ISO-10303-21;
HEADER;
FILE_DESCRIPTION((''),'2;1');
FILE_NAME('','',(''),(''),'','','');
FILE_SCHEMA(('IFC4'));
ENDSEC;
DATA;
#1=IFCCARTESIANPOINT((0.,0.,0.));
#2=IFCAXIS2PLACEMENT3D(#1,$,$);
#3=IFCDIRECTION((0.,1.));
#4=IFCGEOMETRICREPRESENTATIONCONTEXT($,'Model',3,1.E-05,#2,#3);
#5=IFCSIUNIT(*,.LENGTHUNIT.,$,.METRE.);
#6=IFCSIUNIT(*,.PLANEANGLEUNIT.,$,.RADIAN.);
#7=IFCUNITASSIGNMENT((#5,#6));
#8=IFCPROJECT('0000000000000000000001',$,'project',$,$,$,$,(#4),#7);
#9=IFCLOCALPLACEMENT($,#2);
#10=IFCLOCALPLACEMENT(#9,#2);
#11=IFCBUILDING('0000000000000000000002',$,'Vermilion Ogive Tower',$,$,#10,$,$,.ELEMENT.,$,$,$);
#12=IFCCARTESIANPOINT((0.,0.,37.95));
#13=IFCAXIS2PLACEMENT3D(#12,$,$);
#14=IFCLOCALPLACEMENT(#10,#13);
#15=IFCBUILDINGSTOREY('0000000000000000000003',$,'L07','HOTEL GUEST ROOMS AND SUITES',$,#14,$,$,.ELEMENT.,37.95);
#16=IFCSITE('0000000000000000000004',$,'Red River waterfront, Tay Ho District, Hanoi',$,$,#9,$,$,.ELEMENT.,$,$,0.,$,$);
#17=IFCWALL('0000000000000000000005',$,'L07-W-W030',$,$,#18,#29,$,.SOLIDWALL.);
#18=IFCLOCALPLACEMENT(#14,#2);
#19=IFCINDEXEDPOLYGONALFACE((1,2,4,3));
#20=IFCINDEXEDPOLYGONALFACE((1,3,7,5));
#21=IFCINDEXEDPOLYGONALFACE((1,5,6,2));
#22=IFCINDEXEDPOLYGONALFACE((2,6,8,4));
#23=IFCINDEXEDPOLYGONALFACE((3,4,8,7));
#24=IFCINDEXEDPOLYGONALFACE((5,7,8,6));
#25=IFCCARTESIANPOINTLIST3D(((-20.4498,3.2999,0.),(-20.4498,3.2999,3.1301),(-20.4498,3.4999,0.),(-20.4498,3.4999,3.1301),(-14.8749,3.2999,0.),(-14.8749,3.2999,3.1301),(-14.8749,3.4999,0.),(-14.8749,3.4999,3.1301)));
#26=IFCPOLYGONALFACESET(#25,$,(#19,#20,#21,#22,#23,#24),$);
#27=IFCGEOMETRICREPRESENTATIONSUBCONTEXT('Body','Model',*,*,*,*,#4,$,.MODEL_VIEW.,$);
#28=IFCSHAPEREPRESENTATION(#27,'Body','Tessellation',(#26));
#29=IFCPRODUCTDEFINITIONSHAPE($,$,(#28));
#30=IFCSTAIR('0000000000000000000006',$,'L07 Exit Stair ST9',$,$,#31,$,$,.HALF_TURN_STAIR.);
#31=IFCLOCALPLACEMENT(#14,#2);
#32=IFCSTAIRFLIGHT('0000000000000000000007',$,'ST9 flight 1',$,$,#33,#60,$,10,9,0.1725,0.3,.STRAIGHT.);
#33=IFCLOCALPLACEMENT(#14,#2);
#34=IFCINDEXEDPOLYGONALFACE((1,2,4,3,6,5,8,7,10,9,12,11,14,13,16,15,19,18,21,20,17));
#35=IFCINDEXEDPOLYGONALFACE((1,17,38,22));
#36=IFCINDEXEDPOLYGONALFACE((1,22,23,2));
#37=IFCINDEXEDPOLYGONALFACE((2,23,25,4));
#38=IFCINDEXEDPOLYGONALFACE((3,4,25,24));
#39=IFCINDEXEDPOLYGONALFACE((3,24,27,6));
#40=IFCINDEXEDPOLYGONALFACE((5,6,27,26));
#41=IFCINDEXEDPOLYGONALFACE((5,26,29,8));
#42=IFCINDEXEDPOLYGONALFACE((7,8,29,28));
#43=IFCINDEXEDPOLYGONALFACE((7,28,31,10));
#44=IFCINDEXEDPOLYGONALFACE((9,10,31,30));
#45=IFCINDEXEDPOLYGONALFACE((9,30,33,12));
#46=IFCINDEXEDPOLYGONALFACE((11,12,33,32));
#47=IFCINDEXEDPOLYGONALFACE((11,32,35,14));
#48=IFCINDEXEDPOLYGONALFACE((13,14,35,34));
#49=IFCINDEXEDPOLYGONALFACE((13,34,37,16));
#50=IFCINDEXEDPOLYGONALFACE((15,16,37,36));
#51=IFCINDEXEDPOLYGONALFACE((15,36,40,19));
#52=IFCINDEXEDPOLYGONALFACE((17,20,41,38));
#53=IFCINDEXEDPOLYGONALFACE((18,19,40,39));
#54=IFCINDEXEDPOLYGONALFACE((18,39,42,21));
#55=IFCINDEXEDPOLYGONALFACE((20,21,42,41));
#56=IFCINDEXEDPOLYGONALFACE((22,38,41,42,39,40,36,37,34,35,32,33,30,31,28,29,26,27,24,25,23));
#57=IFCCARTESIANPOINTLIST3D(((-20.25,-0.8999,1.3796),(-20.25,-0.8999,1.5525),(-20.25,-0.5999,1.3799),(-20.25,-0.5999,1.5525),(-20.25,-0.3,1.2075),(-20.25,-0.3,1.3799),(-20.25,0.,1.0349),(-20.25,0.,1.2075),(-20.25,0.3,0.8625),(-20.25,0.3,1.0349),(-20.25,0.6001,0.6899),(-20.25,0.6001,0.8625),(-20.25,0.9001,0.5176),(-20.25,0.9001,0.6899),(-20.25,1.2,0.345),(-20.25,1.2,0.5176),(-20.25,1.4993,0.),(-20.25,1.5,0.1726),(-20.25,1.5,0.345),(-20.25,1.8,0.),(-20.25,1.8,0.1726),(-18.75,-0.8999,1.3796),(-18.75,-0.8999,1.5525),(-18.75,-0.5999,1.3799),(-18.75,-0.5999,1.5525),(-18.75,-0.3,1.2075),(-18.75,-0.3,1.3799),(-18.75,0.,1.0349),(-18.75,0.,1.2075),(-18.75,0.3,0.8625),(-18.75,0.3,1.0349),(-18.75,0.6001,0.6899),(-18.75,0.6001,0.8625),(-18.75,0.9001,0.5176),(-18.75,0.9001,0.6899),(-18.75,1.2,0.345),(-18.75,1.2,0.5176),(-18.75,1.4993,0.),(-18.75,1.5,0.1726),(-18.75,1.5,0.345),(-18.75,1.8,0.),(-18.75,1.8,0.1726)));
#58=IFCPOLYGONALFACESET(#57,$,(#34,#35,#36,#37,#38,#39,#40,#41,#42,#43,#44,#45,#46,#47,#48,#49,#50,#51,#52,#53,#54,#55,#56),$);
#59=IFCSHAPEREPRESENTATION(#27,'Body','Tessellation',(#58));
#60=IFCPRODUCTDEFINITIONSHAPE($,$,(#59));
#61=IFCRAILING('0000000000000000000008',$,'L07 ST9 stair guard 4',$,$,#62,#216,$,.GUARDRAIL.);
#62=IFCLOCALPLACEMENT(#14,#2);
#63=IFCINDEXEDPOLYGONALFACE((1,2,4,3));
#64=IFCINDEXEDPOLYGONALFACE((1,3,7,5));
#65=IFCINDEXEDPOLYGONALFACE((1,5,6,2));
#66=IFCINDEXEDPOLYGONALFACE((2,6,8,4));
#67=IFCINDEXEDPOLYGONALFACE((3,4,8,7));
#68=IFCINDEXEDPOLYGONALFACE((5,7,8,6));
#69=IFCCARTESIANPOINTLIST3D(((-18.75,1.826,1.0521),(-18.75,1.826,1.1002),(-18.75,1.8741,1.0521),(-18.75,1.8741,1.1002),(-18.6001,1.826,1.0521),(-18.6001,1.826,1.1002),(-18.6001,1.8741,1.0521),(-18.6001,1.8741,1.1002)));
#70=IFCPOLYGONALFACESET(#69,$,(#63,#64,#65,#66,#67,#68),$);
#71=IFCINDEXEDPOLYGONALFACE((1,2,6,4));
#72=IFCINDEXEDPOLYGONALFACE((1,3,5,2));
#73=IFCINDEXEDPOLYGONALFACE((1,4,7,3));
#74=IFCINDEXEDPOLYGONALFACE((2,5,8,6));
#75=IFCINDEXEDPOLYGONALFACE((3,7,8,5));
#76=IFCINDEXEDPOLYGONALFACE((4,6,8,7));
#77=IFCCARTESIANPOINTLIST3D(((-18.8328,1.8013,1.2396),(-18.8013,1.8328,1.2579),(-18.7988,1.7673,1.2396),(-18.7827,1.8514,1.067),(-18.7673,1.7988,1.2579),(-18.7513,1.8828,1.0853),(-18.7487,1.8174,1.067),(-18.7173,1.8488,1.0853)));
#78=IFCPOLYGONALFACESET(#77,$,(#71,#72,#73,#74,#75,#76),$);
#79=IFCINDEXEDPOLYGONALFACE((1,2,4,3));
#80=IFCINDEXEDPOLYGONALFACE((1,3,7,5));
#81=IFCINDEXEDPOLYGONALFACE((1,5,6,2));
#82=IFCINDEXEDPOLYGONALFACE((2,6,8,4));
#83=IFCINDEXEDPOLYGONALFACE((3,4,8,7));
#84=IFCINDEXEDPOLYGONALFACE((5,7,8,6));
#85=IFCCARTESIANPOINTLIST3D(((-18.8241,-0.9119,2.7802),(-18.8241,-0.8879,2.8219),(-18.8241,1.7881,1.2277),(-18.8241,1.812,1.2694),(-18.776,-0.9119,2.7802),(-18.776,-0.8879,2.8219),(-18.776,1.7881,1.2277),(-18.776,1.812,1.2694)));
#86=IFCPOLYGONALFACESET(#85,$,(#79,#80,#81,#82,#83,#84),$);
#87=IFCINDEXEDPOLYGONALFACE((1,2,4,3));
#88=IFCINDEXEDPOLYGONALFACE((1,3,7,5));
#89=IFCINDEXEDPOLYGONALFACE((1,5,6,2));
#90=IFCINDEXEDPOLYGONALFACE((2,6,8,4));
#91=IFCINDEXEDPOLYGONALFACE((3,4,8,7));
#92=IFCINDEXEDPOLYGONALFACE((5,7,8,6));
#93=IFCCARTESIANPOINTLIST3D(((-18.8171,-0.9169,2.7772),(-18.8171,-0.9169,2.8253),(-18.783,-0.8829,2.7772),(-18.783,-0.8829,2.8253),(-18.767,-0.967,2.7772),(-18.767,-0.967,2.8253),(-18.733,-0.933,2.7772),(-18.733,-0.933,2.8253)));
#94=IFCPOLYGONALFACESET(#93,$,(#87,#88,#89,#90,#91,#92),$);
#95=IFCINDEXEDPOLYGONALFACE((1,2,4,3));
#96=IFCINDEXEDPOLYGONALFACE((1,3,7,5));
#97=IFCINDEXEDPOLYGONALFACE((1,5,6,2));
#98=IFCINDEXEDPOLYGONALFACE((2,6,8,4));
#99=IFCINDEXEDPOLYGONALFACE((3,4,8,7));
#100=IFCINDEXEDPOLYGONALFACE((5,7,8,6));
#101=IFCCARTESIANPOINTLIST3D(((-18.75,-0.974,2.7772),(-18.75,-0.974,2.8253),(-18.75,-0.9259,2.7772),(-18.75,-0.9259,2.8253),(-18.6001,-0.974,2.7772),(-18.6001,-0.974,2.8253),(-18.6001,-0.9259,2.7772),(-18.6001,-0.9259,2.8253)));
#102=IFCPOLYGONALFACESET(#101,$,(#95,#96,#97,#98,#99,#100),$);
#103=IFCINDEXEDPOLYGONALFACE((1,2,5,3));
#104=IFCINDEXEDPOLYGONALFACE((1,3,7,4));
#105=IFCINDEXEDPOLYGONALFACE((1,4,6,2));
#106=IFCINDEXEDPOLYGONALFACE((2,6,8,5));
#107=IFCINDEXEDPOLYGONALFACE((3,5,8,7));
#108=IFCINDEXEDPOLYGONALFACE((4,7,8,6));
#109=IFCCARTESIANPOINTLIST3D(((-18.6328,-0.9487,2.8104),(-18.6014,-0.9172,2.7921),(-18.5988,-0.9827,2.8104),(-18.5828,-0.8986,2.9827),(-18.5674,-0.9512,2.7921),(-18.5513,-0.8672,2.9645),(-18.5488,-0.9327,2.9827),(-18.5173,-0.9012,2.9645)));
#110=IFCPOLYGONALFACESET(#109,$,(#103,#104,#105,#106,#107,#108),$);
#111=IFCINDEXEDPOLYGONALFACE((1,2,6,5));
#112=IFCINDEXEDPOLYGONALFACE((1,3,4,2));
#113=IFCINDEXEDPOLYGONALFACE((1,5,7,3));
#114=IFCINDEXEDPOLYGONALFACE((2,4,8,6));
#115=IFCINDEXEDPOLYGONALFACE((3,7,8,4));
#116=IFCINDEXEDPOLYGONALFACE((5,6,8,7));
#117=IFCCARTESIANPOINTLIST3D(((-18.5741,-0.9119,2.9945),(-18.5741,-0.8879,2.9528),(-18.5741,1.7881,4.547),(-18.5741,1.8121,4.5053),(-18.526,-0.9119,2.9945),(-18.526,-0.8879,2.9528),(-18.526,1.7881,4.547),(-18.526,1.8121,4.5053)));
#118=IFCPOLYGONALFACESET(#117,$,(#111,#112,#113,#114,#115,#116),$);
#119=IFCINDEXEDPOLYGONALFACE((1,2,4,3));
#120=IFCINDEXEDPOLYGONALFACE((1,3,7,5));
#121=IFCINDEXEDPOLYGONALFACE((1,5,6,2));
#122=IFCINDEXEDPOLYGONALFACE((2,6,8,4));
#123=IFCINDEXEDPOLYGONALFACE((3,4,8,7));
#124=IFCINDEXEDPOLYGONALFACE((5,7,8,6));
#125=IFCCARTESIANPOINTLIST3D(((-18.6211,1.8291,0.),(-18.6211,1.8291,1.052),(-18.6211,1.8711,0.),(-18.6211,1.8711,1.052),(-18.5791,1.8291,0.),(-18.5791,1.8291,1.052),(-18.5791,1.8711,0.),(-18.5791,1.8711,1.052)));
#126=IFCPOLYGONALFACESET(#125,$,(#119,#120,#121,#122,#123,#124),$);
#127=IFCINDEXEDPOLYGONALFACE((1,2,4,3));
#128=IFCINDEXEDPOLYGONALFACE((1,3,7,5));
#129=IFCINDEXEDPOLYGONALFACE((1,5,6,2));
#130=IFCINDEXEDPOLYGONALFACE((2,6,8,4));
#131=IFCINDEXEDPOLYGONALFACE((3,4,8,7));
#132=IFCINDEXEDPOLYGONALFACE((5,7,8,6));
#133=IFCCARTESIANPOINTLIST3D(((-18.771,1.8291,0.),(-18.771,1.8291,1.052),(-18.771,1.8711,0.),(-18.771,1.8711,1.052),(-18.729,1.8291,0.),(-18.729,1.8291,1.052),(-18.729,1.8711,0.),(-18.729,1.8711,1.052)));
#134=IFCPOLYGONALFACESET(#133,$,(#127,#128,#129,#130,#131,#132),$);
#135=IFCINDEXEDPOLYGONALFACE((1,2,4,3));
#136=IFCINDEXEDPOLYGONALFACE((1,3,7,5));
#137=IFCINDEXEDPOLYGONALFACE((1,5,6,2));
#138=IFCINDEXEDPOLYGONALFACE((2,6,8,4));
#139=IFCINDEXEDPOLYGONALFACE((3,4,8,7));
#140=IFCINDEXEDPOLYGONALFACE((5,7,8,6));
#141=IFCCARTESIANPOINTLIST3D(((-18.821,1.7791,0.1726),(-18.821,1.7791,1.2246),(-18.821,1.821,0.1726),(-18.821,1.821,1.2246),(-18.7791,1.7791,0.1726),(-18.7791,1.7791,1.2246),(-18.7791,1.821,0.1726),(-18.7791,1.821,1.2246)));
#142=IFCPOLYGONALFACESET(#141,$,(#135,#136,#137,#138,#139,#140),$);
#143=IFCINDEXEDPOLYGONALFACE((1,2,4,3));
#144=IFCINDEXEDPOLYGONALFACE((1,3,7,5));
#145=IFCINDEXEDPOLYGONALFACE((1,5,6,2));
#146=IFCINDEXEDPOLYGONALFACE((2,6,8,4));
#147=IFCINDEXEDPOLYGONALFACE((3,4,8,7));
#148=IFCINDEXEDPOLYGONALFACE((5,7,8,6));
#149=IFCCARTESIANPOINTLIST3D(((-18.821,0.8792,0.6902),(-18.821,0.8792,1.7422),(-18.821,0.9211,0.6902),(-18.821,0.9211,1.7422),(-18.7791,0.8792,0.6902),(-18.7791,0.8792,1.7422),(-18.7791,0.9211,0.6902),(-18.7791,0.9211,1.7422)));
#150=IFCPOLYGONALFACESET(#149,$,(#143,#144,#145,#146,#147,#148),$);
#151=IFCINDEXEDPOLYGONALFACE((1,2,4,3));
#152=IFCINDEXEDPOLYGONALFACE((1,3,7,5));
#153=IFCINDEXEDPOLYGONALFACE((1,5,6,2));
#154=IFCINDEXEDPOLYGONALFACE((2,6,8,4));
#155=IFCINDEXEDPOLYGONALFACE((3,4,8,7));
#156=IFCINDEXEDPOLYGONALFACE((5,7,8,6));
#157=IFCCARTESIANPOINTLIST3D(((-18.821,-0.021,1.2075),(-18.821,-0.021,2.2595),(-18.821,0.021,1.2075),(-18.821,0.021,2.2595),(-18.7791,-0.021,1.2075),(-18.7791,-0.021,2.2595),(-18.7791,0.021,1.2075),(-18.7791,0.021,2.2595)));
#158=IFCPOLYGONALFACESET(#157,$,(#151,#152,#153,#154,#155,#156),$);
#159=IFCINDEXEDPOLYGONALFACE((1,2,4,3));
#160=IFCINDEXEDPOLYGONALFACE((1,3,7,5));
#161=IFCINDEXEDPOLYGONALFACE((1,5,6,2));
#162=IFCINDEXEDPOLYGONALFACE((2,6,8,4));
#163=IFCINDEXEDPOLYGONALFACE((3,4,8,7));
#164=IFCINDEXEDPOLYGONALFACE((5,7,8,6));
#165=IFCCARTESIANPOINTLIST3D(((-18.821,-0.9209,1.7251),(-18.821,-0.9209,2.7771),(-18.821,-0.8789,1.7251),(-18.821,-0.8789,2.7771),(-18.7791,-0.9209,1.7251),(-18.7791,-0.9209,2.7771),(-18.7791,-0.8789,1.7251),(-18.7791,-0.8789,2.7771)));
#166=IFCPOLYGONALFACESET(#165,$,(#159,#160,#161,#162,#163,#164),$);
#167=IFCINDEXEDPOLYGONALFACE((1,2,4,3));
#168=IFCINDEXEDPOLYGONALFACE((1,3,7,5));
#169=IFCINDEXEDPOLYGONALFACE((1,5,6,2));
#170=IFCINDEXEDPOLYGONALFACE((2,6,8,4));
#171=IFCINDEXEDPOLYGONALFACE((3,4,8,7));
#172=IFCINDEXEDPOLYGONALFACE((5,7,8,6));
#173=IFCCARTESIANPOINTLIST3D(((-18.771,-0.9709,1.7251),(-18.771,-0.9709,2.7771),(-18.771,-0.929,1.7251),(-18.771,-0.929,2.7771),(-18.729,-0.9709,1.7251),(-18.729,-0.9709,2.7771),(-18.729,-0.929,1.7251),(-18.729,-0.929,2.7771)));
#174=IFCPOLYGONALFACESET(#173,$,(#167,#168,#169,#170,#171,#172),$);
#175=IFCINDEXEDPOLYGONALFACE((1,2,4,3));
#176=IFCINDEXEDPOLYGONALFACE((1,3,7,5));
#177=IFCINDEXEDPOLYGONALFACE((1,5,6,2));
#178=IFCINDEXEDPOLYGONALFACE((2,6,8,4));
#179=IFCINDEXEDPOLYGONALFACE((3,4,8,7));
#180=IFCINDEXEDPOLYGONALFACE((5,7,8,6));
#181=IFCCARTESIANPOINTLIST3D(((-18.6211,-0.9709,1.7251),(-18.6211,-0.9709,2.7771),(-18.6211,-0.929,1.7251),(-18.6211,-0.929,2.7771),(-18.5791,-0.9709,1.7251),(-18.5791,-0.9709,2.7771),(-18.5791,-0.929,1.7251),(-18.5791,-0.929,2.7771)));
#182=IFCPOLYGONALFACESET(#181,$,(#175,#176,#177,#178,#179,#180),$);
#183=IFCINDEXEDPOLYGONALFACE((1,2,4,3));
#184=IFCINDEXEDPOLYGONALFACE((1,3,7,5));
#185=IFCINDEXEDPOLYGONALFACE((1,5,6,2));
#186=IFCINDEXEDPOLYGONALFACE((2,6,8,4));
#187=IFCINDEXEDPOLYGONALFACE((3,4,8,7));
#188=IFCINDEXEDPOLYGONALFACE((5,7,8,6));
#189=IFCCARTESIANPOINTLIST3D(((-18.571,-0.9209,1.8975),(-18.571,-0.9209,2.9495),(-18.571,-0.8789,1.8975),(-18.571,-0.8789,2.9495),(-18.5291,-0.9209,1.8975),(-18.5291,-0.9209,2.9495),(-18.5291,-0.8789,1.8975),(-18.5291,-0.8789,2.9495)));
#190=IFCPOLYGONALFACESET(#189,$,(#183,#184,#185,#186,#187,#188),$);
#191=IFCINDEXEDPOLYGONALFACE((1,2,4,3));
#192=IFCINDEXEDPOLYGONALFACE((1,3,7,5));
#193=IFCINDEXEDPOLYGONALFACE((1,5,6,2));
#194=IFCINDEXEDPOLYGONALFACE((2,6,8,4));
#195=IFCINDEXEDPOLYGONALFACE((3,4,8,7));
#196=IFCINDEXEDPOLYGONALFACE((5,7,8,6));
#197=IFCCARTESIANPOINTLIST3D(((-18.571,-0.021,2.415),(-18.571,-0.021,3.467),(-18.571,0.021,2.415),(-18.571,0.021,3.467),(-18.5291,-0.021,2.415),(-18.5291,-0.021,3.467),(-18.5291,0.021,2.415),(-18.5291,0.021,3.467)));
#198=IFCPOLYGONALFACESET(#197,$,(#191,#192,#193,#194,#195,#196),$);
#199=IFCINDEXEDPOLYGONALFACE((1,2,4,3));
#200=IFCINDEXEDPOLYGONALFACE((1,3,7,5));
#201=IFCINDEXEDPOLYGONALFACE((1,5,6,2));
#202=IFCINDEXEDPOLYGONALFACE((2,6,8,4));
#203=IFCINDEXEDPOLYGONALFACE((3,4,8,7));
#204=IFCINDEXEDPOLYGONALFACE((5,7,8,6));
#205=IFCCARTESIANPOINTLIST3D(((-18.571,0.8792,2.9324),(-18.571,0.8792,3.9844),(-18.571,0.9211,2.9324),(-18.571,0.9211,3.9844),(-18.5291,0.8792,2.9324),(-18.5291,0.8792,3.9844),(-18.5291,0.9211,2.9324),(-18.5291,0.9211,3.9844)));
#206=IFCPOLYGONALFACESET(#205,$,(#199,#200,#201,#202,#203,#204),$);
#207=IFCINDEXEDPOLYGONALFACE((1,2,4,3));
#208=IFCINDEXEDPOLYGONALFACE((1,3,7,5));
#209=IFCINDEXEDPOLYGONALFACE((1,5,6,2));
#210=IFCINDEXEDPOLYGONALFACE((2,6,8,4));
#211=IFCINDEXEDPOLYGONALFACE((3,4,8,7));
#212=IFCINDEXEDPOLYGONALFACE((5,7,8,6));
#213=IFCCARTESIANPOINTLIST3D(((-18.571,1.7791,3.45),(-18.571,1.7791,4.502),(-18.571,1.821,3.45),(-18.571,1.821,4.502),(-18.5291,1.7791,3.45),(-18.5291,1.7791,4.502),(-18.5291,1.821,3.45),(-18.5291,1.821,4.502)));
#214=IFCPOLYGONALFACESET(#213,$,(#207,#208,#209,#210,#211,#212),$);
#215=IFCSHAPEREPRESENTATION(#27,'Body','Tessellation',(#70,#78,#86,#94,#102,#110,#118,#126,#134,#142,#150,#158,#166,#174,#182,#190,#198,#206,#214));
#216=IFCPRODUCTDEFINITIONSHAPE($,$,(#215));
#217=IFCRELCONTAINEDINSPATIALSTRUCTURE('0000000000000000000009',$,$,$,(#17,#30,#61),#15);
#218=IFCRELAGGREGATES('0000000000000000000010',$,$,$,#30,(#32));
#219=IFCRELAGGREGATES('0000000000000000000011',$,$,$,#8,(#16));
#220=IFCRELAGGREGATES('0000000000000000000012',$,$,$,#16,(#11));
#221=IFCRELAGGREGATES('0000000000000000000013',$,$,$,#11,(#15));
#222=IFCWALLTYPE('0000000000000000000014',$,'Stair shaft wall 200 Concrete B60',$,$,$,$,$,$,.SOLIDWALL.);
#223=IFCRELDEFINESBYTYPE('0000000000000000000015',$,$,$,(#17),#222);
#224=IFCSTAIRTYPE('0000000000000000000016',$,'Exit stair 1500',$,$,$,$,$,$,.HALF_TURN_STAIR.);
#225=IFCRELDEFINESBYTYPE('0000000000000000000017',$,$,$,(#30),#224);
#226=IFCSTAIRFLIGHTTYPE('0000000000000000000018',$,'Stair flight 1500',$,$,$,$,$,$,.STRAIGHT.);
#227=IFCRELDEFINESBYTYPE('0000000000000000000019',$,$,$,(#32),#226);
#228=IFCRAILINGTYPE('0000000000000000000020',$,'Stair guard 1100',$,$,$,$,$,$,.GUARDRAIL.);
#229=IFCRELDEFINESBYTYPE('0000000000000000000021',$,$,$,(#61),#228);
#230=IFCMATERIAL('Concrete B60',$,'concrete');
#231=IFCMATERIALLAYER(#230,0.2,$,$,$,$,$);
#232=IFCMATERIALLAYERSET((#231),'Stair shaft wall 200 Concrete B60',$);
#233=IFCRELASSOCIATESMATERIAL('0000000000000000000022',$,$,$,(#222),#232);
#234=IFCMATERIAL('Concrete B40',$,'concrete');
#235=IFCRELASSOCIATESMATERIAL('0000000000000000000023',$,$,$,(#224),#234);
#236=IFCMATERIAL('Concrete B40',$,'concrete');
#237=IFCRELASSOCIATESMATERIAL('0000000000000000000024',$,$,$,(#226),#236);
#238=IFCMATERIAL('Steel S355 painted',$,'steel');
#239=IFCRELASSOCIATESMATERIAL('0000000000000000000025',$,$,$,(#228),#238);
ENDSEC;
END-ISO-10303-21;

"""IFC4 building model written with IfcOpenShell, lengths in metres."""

from ifc_helpers import new_model, si_unit, direction, frame, frame_2d, origin, origin_2d, place, context, subcontext, project, spatial, polyline, rectangle, outline, extrude, material, layer, layer_set, type_object, element, aggregate, save


model = new_model("IFC4")

# Units and contexts
model_context = context("Model", 3, precision=1e-05, world=origin(), true_north=direction((0.0, 1.0)))
body_context = subcontext(model_context, "Body", "Model", "MODEL_VIEW")
ifc_project = project(units=[si_unit("LENGTHUNIT", "METRE"), si_unit("PLANEANGLEUNIT", "RADIAN")], contexts=[model_context])

# Site, building, storey
site_placement = place(None, origin())
site = spatial("IfcSite", under=ifc_project, at=site_placement, Name="Red River waterfront, Tay Ho District, Hanoi", CompositionType="ELEMENT", RefElevation=0.0)
building_placement = place(site_placement, origin())
building = spatial("IfcBuilding", under=site, at=building_placement, Name="Vermilion Ogive Tower", CompositionType="ELEMENT")
storey_placement = place(building_placement, frame((0.0, 0.0, 37.95)))
storey = spatial("IfcBuildingStorey", under=building, at=storey_placement, Name="L07", Description="HOTEL GUEST ROOMS AND SUITES", CompositionType="ELEMENT", Elevation=37.95)

# Wall
ifc_material_1 = material(Name="Concrete B60", Category="concrete")
ifc_layer_1 = layer(ifc_material_1, 0.2)
ifc_layer_set_1 = layer_set([ifc_layer_1], Name="Stair shaft wall 200 Concrete B60")
wall_type_1 = type_object("IfcWallType", Name="Stair shaft wall 200 Concrete B60", PredefinedType="SOLIDWALL", material=ifc_layer_set_1)
wall_1_placement = place(storey_placement, frame((-20.45, 3.3999, 0.0), z_axis=(0.0, 0.0, 1.0), x_axis=(1.0, 0.0, 0.0)))
element("IfcWall", 1, at=wall_1_placement, inside=storey, type_object=wall_type_1, Name="L07-W-W030", PredefinedType="SOLIDWALL", context=body_context, shape_type="SweptSolid", body=[
    extrude(rectangle(XDim=5.575, YDim=0.2, at=frame_2d((2.7876, 0.0))), origin(), (0.0, 0.0, 1.0), 3.1301),
])

# Stair, stair flight
ifc_material_2 = material(Name="Concrete B40", Category="concrete")
stair_type = type_object("IfcStairType", Name="Exit stair 1500", PredefinedType="HALF_TURN_STAIR", material=ifc_material_2)
stair_placement = place(storey_placement, origin())
stair = element("IfcStair", 2, at=stair_placement, inside=storey, type_object=stair_type, Name="L07 Exit Stair ST9", PredefinedType="HALF_TURN_STAIR")
ifc_material_3 = material(Name="Concrete B40", Category="concrete")
stair_flight_type = type_object("IfcStairFlightType", Name="Stair flight 1500", PredefinedType="STRAIGHT", material=ifc_material_3)
stair_flight_placement = place(storey_placement, frame((-19.5, 1.8, 0.0), z_axis=(0.0, 0.0, 1.0), x_axis=(0.0, -1.0, 0.0)))
stair_flight = element("IfcStairFlight", 3, at=stair_flight_placement, type_object=stair_flight_type, Name="ST9 flight 1", NumberOfRisers=10, NumberOfTreads=9, PredefinedType="STRAIGHT", RiserHeight=0.1725, TreadLength=0.3, context=body_context, shape_type="SweptSolid", body=[
    extrude(outline(polyline([(0.0, 0.0), (0.0, 0.1726), (0.3, 0.1726), (0.3, 0.345), (0.6001, 0.345), (0.6001, 0.5176), (0.8999, 0.5176), (0.8999, 0.6899), (1.2, 0.6899), (1.2, 0.8625), (1.5, 0.8625), (1.5, 1.0349), (1.8, 1.0349), (1.8, 1.2075), (2.1001, 1.2075), (2.1001, 1.3799), (2.3999, 1.3799), (2.3999, 1.5525), (2.7, 1.5525), (2.7, 1.7251), (2.7, 1.3796), (0.3008, 0.0), (0.0, 0.0)])), frame((0.0, 0.75, 0.0), z_axis=(0.0, -1.0, 0.0), x_axis=(1.0, 0.0, 0.0)), (0.0, 0.0, 1.0), 1.5),
])
aggregate(stair, [stair_flight])

# Railing
ifc_material_4 = material(Name="Steel S355 painted", Category="steel")
railing_type_1 = type_object("IfcRailingType", Name="Stair guard 1100", PredefinedType="GUARDRAIL", material=ifc_material_4)
railing_1_placement = place(storey_placement, frame((-18.6001, 1.8501, 0.0)))
element("IfcRailing", 4, at=railing_1_placement, inside=storey, type_object=railing_type_1, Name="L07 ST9 stair guard 4", PredefinedType="GUARDRAIL", context=body_context, shape_type="SweptSolid", body=[
    extrude(rectangle(XDim=0.0481, YDim=0.0481, at=origin_2d()), frame((0.0, 0.0, 1.0762), z_axis=(-1.0, 0.0, 0.0), x_axis=(0.0, -1.0, 0.0)), (0.0, 0.0, 1.0), 0.1499),
    extrude(rectangle(XDim=0.0481, YDim=0.0481, at=origin_2d()), frame((-0.1499, 0.0, 1.0762), z_axis=(-0.268278, -0.268278, 0.925232), x_axis=(0.707107, -0.707107, 0.0)), (0.0, 0.0, 1.0), 0.1865),
    extrude(rectangle(XDim=0.0481, YDim=0.0481, at=origin_2d()), frame((-0.2, -0.05, 1.2485), z_axis=(0.0, -0.866904, 0.498476), x_axis=(1.0, 0.0, 0.0)), (0.0, 0.0, 1.0), 3.1145),
    extrude(rectangle(XDim=0.0481, YDim=0.0481, at=origin_2d()), frame((-0.2, -2.75, 2.8013), z_axis=(0.707107, -0.707107, 0.0), x_axis=(0.707107, 0.707107, 0.0)), (0.0, 0.0, 1.0), 0.0708),
    extrude(rectangle(XDim=0.0481, YDim=0.0481, at=origin_2d()), frame((-0.1499, -2.8, 2.8013), z_axis=(1.0, 0.0, 0.0), x_axis=(0.0, 1.0, 0.0)), (0.0, 0.0, 1.0), 0.1499),
    extrude(rectangle(XDim=0.0481, YDim=0.0481, at=origin_2d()), frame((0.0, -2.8, 2.8013), z_axis=(0.268603, 0.268603, 0.925043), x_axis=(-0.707107, 0.707107, 0.0)), (0.0, 0.0, 1.0), 0.1863),
    extrude(rectangle(XDim=0.0481, YDim=0.0481, at=origin_2d()), frame((0.05, -2.75, 2.9736), z_axis=(0.0, 0.866904, 0.498476), x_axis=(-1.0, 0.0, 0.0)), (0.0, 0.0, 1.0), 3.1145),
    extrude(rectangle(XDim=0.042, YDim=0.042, at=origin_2d()), origin(), (0.0, 0.0, 1.0), 1.052),
    extrude(rectangle(XDim=0.042, YDim=0.042, at=origin_2d()), frame((-0.1499, 0.0, 0.0)), (0.0, 0.0, 1.0), 1.052),
    extrude(rectangle(XDim=0.042, YDim=0.042, at=origin_2d()), frame((-0.2, -0.05, 0.1726)), (0.0, 0.0, 1.0), 1.052),
    extrude(rectangle(XDim=0.042, YDim=0.042, at=origin_2d()), frame((-0.2, -0.95, 0.6902)), (0.0, 0.0, 1.0), 1.052),
    extrude(rectangle(XDim=0.042, YDim=0.042, at=origin_2d()), frame((-0.2, -1.8501, 1.2075)), (0.0, 0.0, 1.0), 1.052),
    extrude(rectangle(XDim=0.042, YDim=0.042, at=origin_2d()), frame((-0.2, -2.75, 1.7251)), (0.0, 0.0, 1.0), 1.052),
    extrude(rectangle(XDim=0.042, YDim=0.042, at=origin_2d()), frame((-0.1499, -2.8, 1.7251)), (0.0, 0.0, 1.0), 1.052),
    extrude(rectangle(XDim=0.042, YDim=0.042, at=origin_2d()), frame((0.0, -2.8, 1.7251)), (0.0, 0.0, 1.0), 1.052),
    extrude(rectangle(XDim=0.042, YDim=0.042, at=origin_2d()), frame((0.05, -2.75, 1.8975)), (0.0, 0.0, 1.0), 1.052),
    extrude(rectangle(XDim=0.042, YDim=0.042, at=origin_2d()), frame((0.05, -1.8501, 2.415)), (0.0, 0.0, 1.0), 1.052),
    extrude(rectangle(XDim=0.042, YDim=0.042, at=origin_2d()), frame((0.05, -0.95, 2.9324)), (0.0, 0.0, 1.0), 1.052),
    extrude(rectangle(XDim=0.042, YDim=0.042, at=origin_2d()), frame((0.05, -0.05, 3.45)), (0.0, 0.0, 1.0), 1.052),
])

save(model, "model.ifc")
